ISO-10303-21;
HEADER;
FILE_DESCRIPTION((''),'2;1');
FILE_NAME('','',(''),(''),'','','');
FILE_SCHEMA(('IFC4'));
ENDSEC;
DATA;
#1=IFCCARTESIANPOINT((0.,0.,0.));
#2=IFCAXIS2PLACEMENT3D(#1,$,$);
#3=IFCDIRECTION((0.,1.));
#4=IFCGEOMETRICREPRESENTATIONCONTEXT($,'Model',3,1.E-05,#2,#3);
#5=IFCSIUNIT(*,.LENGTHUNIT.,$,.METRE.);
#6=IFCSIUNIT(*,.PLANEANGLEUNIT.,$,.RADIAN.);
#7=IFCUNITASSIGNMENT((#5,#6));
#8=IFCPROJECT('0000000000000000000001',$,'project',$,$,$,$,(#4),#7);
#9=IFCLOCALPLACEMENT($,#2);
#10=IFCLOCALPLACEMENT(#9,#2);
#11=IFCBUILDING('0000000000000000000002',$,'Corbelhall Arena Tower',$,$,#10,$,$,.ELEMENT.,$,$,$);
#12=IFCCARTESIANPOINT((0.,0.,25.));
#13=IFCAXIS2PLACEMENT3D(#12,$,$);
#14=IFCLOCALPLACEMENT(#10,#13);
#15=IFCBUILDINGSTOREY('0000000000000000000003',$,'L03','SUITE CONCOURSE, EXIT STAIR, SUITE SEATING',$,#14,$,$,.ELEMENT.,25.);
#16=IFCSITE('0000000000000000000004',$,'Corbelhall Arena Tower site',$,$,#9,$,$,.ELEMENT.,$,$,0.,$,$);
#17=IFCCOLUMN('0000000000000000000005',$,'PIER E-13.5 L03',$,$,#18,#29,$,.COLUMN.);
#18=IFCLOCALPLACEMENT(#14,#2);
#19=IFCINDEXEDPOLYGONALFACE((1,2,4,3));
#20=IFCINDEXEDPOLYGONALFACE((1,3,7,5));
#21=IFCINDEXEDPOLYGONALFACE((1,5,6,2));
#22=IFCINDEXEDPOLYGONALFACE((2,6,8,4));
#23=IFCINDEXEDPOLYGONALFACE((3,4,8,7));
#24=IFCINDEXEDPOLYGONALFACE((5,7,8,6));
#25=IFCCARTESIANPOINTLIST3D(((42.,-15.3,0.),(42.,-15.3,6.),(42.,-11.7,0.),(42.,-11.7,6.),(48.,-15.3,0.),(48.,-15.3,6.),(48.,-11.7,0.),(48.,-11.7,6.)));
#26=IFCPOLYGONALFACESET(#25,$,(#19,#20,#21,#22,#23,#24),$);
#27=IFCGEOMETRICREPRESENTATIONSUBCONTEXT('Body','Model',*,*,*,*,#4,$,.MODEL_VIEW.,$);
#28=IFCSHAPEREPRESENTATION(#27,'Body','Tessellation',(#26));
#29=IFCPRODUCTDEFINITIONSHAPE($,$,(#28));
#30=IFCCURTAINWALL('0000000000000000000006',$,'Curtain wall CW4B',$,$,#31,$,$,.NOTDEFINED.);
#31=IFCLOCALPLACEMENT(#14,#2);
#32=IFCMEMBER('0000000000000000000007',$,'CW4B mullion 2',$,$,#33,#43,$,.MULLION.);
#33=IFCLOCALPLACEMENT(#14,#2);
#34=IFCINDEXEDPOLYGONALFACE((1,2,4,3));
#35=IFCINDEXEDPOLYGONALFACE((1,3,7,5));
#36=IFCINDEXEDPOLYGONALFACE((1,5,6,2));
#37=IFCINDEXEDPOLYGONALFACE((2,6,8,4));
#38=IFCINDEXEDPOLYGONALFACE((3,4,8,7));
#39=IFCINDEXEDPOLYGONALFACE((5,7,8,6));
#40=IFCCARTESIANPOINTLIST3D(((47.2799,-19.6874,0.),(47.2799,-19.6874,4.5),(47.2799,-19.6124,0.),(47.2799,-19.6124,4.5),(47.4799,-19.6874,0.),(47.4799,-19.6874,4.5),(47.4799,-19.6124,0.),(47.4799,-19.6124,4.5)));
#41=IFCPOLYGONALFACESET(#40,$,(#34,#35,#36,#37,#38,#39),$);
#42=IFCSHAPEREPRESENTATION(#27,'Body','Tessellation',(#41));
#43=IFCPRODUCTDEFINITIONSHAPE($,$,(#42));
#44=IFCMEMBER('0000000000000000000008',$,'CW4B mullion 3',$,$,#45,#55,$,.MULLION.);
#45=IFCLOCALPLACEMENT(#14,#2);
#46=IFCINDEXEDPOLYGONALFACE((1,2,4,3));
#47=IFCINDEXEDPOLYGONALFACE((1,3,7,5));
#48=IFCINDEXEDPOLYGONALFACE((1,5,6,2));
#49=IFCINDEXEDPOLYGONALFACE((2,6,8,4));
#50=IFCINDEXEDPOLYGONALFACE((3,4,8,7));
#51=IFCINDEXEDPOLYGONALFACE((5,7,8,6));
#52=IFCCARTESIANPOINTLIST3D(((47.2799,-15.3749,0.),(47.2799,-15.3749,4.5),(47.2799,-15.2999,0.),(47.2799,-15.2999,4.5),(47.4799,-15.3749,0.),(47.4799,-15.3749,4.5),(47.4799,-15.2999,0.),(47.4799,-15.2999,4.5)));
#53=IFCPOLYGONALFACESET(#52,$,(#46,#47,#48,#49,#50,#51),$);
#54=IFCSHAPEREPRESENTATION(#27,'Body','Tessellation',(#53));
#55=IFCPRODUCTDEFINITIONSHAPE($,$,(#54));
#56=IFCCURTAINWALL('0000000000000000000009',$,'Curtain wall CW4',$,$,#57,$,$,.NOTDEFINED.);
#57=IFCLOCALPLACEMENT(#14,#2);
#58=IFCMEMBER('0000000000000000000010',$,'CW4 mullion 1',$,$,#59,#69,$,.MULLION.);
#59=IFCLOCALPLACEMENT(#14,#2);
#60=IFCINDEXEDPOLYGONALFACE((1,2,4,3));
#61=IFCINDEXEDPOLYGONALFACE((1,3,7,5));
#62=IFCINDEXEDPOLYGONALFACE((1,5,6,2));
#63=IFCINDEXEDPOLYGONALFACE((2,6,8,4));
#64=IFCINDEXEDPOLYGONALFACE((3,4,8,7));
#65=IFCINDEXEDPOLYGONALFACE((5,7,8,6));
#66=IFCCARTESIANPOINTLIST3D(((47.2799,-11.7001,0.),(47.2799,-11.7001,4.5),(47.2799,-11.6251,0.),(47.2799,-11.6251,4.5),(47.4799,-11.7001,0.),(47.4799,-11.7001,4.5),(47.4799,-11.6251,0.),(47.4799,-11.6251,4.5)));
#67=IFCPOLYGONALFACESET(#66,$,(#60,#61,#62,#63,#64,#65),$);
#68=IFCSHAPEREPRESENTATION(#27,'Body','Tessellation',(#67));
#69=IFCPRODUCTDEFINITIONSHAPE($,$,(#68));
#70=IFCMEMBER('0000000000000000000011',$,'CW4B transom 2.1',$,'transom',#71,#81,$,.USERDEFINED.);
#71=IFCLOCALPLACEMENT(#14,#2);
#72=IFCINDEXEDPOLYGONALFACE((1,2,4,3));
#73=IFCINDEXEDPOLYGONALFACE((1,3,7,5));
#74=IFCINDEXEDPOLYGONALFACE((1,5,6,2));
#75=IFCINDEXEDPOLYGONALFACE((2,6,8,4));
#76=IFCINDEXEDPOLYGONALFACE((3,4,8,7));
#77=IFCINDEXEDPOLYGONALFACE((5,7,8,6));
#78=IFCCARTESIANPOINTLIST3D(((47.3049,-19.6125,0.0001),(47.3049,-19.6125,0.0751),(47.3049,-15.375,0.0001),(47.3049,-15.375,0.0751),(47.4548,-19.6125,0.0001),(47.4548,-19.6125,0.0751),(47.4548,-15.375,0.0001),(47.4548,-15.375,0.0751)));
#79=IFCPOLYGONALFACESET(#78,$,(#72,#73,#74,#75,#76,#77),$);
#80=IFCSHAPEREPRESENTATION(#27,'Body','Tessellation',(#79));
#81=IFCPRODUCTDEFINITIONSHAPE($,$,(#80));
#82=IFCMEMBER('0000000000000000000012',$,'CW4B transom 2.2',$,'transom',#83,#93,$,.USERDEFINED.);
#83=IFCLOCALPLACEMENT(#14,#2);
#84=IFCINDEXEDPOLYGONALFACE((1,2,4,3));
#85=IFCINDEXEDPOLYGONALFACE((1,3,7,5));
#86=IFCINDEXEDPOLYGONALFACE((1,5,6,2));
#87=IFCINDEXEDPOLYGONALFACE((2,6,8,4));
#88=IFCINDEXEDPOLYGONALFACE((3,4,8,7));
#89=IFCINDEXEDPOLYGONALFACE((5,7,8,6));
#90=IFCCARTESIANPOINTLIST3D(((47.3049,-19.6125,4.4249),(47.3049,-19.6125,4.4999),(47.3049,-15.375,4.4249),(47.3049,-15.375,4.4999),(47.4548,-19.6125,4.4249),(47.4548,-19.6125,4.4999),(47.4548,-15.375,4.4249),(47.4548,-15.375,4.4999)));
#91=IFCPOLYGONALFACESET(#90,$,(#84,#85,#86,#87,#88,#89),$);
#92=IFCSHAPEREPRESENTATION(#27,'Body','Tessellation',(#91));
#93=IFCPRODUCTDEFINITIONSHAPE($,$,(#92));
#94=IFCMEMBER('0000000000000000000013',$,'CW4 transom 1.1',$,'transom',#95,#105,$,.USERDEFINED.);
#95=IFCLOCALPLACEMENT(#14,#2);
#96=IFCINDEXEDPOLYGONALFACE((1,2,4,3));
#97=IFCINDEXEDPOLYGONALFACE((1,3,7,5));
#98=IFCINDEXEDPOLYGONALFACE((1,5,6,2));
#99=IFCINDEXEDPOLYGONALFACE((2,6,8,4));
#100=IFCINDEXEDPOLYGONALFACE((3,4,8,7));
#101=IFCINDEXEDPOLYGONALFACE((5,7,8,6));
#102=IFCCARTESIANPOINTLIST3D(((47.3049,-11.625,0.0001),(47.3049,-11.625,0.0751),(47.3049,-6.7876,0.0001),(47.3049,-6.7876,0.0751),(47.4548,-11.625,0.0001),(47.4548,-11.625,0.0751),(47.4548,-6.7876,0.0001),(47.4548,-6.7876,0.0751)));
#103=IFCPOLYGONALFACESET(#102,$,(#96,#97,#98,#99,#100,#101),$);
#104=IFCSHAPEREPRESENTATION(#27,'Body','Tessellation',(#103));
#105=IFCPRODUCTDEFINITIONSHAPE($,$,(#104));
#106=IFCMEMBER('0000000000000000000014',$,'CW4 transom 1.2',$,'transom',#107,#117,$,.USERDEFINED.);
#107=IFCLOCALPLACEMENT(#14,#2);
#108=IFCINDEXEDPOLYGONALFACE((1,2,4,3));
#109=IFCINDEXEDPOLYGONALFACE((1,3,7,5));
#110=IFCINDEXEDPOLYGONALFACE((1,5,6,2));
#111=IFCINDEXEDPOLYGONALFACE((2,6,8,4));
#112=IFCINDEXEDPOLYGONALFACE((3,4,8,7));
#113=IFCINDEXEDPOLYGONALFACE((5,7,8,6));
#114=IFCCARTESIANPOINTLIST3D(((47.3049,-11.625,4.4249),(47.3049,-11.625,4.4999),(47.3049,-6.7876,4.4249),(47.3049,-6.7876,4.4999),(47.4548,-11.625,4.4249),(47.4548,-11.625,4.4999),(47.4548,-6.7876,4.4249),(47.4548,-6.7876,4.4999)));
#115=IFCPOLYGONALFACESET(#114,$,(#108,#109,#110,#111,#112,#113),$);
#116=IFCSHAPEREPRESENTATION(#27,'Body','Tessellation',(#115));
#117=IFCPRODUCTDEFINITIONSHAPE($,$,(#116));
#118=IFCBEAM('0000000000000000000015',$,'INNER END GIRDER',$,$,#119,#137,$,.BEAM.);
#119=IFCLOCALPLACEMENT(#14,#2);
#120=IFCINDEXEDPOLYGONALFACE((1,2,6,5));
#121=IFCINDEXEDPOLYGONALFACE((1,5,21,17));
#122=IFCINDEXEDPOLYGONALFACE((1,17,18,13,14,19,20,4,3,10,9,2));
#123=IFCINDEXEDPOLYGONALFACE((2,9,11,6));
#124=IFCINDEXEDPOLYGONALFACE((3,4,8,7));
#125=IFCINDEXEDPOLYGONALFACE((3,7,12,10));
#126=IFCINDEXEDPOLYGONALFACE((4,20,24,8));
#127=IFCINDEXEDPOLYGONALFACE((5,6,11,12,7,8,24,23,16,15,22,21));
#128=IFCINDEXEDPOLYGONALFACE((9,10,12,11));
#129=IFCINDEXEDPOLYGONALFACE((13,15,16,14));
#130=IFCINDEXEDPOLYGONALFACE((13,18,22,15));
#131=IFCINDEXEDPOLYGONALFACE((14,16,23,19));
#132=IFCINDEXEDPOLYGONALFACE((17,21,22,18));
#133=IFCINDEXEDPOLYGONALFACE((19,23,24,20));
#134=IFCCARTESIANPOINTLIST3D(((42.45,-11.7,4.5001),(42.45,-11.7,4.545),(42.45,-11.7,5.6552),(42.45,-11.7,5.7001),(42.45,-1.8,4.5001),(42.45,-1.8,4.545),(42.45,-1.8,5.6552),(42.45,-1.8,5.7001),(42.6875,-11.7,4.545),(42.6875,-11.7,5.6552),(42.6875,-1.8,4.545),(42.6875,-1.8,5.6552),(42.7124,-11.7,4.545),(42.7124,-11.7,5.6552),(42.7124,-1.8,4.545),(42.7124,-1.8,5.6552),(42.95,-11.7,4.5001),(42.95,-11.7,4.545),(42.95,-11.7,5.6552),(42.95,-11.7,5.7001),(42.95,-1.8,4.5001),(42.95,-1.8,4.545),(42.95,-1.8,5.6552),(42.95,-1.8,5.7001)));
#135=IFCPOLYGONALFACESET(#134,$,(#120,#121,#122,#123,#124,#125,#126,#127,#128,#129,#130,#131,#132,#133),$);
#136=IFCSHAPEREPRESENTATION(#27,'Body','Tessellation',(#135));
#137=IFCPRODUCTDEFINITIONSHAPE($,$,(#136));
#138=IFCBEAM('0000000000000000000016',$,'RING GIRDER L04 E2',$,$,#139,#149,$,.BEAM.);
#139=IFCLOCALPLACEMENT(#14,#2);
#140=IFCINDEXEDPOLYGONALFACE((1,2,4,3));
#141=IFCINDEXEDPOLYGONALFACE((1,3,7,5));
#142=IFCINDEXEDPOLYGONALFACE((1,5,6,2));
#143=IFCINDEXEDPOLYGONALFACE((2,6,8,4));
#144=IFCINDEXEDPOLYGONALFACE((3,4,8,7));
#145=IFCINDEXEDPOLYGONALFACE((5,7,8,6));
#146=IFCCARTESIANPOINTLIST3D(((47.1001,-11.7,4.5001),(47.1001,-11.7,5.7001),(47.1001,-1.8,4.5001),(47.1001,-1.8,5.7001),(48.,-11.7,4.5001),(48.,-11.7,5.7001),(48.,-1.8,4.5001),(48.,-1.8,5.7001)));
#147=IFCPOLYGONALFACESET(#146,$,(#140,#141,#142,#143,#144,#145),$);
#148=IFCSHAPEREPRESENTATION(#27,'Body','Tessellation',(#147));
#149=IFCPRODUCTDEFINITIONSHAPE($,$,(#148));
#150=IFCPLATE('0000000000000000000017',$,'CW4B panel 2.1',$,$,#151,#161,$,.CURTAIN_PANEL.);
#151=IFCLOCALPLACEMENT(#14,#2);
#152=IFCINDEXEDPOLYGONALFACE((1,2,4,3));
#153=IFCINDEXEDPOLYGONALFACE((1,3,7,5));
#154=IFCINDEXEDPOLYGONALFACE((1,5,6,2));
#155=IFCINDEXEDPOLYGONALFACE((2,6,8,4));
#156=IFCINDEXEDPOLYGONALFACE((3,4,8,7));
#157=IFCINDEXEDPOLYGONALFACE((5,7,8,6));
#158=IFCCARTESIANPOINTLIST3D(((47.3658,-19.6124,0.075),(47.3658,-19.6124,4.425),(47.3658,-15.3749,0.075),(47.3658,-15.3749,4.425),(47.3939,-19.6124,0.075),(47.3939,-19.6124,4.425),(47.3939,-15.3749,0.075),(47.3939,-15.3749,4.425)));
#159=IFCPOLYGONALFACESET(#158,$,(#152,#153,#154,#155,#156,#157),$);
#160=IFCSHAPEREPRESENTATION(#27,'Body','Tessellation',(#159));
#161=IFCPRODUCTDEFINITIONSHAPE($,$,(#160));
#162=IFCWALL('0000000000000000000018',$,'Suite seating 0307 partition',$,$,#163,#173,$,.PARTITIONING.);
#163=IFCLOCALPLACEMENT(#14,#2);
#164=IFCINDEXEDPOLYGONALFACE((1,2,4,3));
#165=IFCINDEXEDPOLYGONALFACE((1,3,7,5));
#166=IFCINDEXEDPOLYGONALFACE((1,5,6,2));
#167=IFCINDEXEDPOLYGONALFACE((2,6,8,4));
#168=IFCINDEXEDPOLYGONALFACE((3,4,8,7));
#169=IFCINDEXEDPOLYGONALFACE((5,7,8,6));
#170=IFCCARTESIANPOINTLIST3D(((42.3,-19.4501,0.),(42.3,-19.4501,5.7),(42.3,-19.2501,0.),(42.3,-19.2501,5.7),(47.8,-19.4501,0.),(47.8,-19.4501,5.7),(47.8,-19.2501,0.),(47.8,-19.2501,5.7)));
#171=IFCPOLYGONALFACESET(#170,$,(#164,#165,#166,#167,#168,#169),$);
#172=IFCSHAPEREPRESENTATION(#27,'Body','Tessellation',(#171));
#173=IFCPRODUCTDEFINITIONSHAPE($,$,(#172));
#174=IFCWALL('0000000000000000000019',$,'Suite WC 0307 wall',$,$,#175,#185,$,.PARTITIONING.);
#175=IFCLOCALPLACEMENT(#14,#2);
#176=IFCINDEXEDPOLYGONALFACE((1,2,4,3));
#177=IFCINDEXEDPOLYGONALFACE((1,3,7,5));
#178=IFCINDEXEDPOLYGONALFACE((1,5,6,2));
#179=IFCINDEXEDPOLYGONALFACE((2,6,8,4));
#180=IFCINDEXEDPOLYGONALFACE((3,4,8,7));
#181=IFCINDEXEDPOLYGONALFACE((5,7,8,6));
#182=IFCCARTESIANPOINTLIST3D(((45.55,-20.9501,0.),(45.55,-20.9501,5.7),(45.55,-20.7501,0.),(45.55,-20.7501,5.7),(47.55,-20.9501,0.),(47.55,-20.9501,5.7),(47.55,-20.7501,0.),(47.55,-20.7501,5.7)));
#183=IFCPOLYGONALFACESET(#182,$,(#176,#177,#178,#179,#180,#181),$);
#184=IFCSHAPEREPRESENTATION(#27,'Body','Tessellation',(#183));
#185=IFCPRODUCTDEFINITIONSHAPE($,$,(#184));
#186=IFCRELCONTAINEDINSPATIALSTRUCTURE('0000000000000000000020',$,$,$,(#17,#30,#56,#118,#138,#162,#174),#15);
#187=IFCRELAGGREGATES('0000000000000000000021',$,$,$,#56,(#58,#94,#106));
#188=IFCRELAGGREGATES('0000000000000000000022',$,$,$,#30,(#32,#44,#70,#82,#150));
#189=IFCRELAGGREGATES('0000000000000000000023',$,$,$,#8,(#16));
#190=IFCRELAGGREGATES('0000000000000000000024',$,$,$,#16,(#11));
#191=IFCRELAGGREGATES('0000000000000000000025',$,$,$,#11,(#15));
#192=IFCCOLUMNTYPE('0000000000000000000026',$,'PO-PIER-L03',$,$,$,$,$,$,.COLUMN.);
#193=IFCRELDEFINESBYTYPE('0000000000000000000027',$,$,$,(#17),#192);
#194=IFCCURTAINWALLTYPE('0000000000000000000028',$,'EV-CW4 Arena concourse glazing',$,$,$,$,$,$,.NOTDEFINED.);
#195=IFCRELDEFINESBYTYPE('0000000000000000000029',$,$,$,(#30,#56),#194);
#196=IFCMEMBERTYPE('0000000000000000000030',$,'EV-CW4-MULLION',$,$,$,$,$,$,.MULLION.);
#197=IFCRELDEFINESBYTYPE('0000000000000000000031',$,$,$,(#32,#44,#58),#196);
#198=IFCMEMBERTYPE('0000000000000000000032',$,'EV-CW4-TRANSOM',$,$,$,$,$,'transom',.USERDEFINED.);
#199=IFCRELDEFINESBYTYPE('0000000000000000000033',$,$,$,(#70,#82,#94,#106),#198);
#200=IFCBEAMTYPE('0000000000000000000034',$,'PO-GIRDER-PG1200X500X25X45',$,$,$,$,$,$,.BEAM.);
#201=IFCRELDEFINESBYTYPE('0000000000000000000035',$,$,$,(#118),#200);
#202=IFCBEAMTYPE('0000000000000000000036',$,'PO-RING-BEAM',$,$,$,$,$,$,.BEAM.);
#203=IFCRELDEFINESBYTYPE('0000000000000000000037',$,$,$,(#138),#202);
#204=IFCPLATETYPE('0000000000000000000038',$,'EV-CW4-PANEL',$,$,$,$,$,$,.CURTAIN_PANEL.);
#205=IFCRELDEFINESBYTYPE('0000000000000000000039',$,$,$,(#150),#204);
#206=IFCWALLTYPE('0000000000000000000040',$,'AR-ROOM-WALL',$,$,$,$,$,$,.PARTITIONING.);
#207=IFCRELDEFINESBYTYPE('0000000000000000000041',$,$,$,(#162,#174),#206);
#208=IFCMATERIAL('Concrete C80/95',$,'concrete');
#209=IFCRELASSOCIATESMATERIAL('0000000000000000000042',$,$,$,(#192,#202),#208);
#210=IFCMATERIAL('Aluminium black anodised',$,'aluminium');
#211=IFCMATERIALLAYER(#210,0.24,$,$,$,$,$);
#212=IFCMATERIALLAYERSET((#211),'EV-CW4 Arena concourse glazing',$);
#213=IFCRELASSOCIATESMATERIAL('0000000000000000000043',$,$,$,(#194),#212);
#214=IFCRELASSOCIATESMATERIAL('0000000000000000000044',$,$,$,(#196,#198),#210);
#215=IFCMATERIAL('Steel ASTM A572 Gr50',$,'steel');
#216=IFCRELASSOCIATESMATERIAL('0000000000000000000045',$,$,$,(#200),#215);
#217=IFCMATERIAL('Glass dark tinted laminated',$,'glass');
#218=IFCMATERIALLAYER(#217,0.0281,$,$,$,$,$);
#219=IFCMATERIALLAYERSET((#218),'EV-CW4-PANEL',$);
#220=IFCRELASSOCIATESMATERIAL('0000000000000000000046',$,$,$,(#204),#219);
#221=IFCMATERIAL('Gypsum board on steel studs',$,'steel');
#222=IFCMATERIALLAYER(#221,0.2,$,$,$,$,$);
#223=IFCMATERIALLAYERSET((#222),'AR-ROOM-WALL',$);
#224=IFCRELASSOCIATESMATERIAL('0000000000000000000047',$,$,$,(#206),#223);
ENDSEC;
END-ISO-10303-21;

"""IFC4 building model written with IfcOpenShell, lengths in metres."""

from ifc_helpers import new_model, si_unit, direction, frame, frame_2d, origin, origin_2d, place, context, subcontext, project, spatial, rectangle, i_section, extrude, material, layer, layer_set, material_profile, profile_set, type_object, element, aggregate, save


model = new_model("IFC4")

# Units and contexts
model_context = context("Model", 3, precision=1e-05, world=origin(), true_north=direction((0.0, 1.0)))
body_context = subcontext(model_context, "Body", "Model", "MODEL_VIEW")
ifc_project = project(units=[si_unit("LENGTHUNIT", "METRE"), si_unit("PLANEANGLEUNIT", "RADIAN")], contexts=[model_context])

# Site, building, storey
site_placement = place(None, origin())
site = spatial("IfcSite", under=ifc_project, at=site_placement, Name="Corbelhall Arena Tower site", CompositionType="ELEMENT", RefElevation=0.0)
building_placement = place(site_placement, origin())
building = spatial("IfcBuilding", under=site, at=building_placement, Name="Corbelhall Arena Tower", CompositionType="ELEMENT")
storey_placement = place(building_placement, frame((0.0, 0.0, 25.0)))
storey = spatial("IfcBuildingStorey", under=building, at=storey_placement, Name="L03", Description="SUITE CONCOURSE, EXIT STAIR, SUITE SEATING", CompositionType="ELEMENT", Elevation=25.0)

# Column
ifc_material_1 = material(Name="Concrete C80/95", Category="concrete")
ifc_material_profile_1 = material_profile(ifc_material_1, rectangle(XDim=3.6001, YDim=6.0, at=origin_2d()))
ifc_profile_set_1 = profile_set([ifc_material_profile_1], Name="Concrete C80/95")
column_type = type_object("IfcColumnType", Name="PO-PIER-L03", PredefinedType="COLUMN", material=ifc_profile_set_1)
column_placement = place(storey_placement, frame((45.0, -13.5, 0.0), z_axis=(0.0, 0.0, 1.0), x_axis=(0.0, 1.0, 0.0)))
element("IfcColumn", 1, at=column_placement, inside=storey, type_object=column_type, Name="PIER E-13.5 L03", PredefinedType="COLUMN", context=body_context, shape_type="SweptSolid", body=[
    extrude(rectangle(XDim=3.6001, YDim=6.0, at=origin_2d()), origin(), (0.0, 0.0, 1.0), 6.0),
])

# Curtain wall, members
ifc_material_2 = material(Name="Aluminium black anodised", Category="aluminium")
ifc_layer_1 = layer(ifc_material_2, 0.24)
ifc_layer_set_1 = layer_set([ifc_layer_1], Name="EV-CW4 Arena concourse glazing")
curtain_wall_type = type_object("IfcCurtainWallType", Name="EV-CW4 Arena concourse glazing", PredefinedType="NOTDEFINED", material=ifc_layer_set_1)
curtain_wall_1_placement = place(storey_placement, origin())
curtain_wall_1 = element("IfcCurtainWall", 2, at=curtain_wall_1_placement, inside=storey, type_object=curtain_wall_type, Name="Curtain wall CW4B", PredefinedType="NOTDEFINED")
ifc_material_profile_2 = material_profile(ifc_material_2, rectangle(XDim=0.2, YDim=0.075, at=origin_2d()))
ifc_profile_set_2 = profile_set([ifc_material_profile_2], Name="Aluminium black anodised")
member_type_1 = type_object("IfcMemberType", Name="EV-CW4-MULLION", PredefinedType="MULLION", material=ifc_profile_set_2)
member_1_placement = place(storey_placement, frame((47.3799, -19.6499, 0.0), z_axis=(0.0, 0.0, 1.0), x_axis=(-1.0, 0.0, 0.0)))
member_1 = element("IfcMember", 3, at=member_1_placement, type_object=member_type_1, Name="CW4B mullion 2", PredefinedType="MULLION", context=body_context, shape_type="SweptSolid", body=[
    extrude(rectangle(XDim=0.2, YDim=0.075, at=origin_2d()), origin(), (0.0, 0.0, 1.0), 4.5),
])
member_2_placement = place(storey_placement, frame((47.3799, -15.3374, 0.0), z_axis=(0.0, 0.0, 1.0), x_axis=(-1.0, 0.0, 0.0)))
member_2 = element("IfcMember", 4, at=member_2_placement, type_object=member_type_1, Name="CW4B mullion 3", PredefinedType="MULLION", context=body_context, shape_type="SweptSolid", body=[
    extrude(rectangle(XDim=0.2, YDim=0.075, at=origin_2d()), origin(), (0.0, 0.0, 1.0), 4.5),
])

# Curtain wall, member
curtain_wall_2_placement = place(storey_placement, origin())
curtain_wall_2 = element("IfcCurtainWall", 5, at=curtain_wall_2_placement, inside=storey, type_object=curtain_wall_type, Name="Curtain wall CW4", PredefinedType="NOTDEFINED")
member_3_placement = place(storey_placement, frame((47.3799, -11.6626, 0.0), z_axis=(0.0, 0.0, 1.0), x_axis=(-1.0, 0.0, 0.0)))
member_3 = element("IfcMember", 6, at=member_3_placement, type_object=member_type_1, Name="CW4 mullion 1", PredefinedType="MULLION", context=body_context, shape_type="SweptSolid", body=[
    extrude(rectangle(XDim=0.2, YDim=0.075, at=origin_2d()), origin(), (0.0, 0.0, 1.0), 4.5),
])

# Members
ifc_material_profile_3 = material_profile(ifc_material_2, rectangle(XDim=0.1499, YDim=0.075, at=origin_2d()))
ifc_profile_set_3 = profile_set([ifc_material_profile_3], Name="Aluminium black anodised")
member_type_2 = type_object("IfcMemberType", Name="EV-CW4-TRANSOM", ElementType="transom", PredefinedType="USERDEFINED", material=ifc_profile_set_3)
member_4_placement = place(storey_placement, frame((47.3799, -19.6125, 0.0376), z_axis=(0.0, 1.0, 0.0), x_axis=(-1.0, 0.0, 0.0)))
member_4 = element("IfcMember", 7, at=member_4_placement, type_object=member_type_2, Name="CW4B transom 2.1", ObjectType="transom", PredefinedType="USERDEFINED", context=body_context, shape_type="SweptSolid", body=[
    extrude(rectangle(XDim=0.1499, YDim=0.075, at=origin_2d()), origin(), (0.0, 0.0, 1.0), 4.2375),
])
member_5_placement = place(storey_placement, frame((47.3799, -19.6125, 4.4624), z_axis=(0.0, 1.0, 0.0), x_axis=(-1.0, 0.0, 0.0)))
member_5 = element("IfcMember", 8, at=member_5_placement, type_object=member_type_2, Name="CW4B transom 2.2", ObjectType="transom", PredefinedType="USERDEFINED", context=body_context, shape_type="SweptSolid", body=[
    extrude(rectangle(XDim=0.1499, YDim=0.075, at=origin_2d()), origin(), (0.0, 0.0, 1.0), 4.2375),
])
member_6_placement = place(storey_placement, frame((47.3799, -11.625, 0.0376), z_axis=(0.0, 1.0, 0.0), x_axis=(-1.0, 0.0, 0.0)))
member_6 = element("IfcMember", 9, at=member_6_placement, type_object=member_type_2, Name="CW4 transom 1.1", ObjectType="transom", PredefinedType="USERDEFINED", context=body_context, shape_type="SweptSolid", body=[
    extrude(rectangle(XDim=0.1499, YDim=0.075, at=origin_2d()), origin(), (0.0, 0.0, 1.0), 4.8374),
])
member_7_placement = place(storey_placement, frame((47.3799, -11.625, 4.4624), z_axis=(0.0, 1.0, 0.0), x_axis=(-1.0, 0.0, 0.0)))
member_7 = element("IfcMember", 10, at=member_7_placement, type_object=member_type_2, Name="CW4 transom 1.2", ObjectType="transom", PredefinedType="USERDEFINED", context=body_context, shape_type="SweptSolid", body=[
    extrude(rectangle(XDim=0.1499, YDim=0.075, at=origin_2d()), origin(), (0.0, 0.0, 1.0), 4.8374),
])
aggregate(curtain_wall_2, [member_3, member_6, member_7])

# Beams
ifc_material_3 = material(Name="Steel ASTM A572 Gr50", Category="steel")
ifc_material_profile_4 = material_profile(ifc_material_3, i_section(OverallWidth=0.5, OverallDepth=1.2, WebThickness=0.0249, FlangeThickness=0.0449, at=origin_2d()))
ifc_profile_set_4 = profile_set([ifc_material_profile_4], Name="Steel ASTM A572 Gr50")
beam_type_1 = type_object("IfcBeamType", Name="PO-GIRDER-PG1200X500X25X45", PredefinedType="BEAM", material=ifc_profile_set_4)
beam_1_placement = place(storey_placement, frame((42.7, -11.7, 5.1001), z_axis=(0.0, 1.0, 0.0), x_axis=(-1.0, 0.0, 0.0)))
element("IfcBeam", 11, at=beam_1_placement, inside=storey, type_object=beam_type_1, Name="INNER END GIRDER", PredefinedType="BEAM", context=body_context, shape_type="SweptSolid", body=[
    extrude(i_section(OverallWidth=0.5, OverallDepth=1.2, WebThickness=0.0249, FlangeThickness=0.0449, at=origin_2d()), origin(), (0.0, 0.0, 1.0), 9.8999),
])
ifc_material_profile_5 = material_profile(ifc_material_1, rectangle(XDim=0.8999, YDim=1.2, at=origin_2d()))
ifc_profile_set_5 = profile_set([ifc_material_profile_5], Name="Concrete C80/95")
beam_type_2 = type_object("IfcBeamType", Name="PO-RING-BEAM", PredefinedType="BEAM", material=ifc_profile_set_5)
beam_2_placement = place(storey_placement, frame((47.55, -11.7, 5.1001), z_axis=(0.0, 1.0, 0.0), x_axis=(-1.0, 0.0, 0.0)))
element("IfcBeam", 12, at=beam_2_placement, inside=storey, type_object=beam_type_2, Name="RING GIRDER L04 E2", PredefinedType="BEAM", context=body_context, shape_type="SweptSolid", body=[
    extrude(rectangle(XDim=0.8999, YDim=1.2, at=origin_2d()), origin(), (0.0, 0.0, 1.0), 9.8999),
])

# Plate
ifc_material_4 = material(Name="Glass dark tinted laminated", Category="glass")
ifc_layer_2 = layer(ifc_material_4, 0.0281)
ifc_layer_set_2 = layer_set([ifc_layer_2], Name="EV-CW4-PANEL")
plate_type = type_object("IfcPlateType", Name="EV-CW4-PANEL", PredefinedType="CURTAIN_PANEL", material=ifc_layer_set_2)
plate_placement = place(storey_placement, frame((47.3799, -17.4937, 0.075), z_axis=(0.0, 0.0, 1.0), x_axis=(0.0, 1.0, 0.0)))
plate = element("IfcPlate", 13, at=plate_placement, type_object=plate_type, Name="CW4B panel 2.1", PredefinedType="CURTAIN_PANEL", context=body_context, shape_type="SweptSolid", body=[
    extrude(rectangle(XDim=4.2375, YDim=0.0281, at=origin_2d()), origin(), (0.0, 0.0, 1.0), 4.3501),
])
aggregate(curtain_wall_1, [member_1, member_2, member_4, member_5, plate])

# Shared definitions
ifc_material_5 = material(Name="Gypsum board on steel studs", Category="steel")
ifc_layer_3 = layer(ifc_material_5, 0.2)
ifc_layer_set_3 = layer_set([ifc_layer_3], Name="AR-ROOM-WALL")
wall_type_1 = type_object("IfcWallType", Name="AR-ROOM-WALL", PredefinedType="PARTITIONING", material=ifc_layer_set_3)

# Walls
wall_1_placement = place(storey_placement, frame((42.3, -19.3501, 0.0), z_axis=(0.0, 0.0, 1.0), x_axis=(1.0, 0.0, 0.0)))
element("IfcWall", 14, at=wall_1_placement, inside=storey, type_object=wall_type_1, Name="Suite seating 0307 partition", PredefinedType="PARTITIONING", context=body_context, shape_type="SweptSolid", body=[
    extrude(rectangle(XDim=5.5, YDim=0.2, at=frame_2d((2.75, 0.0))), origin(), (0.0, 0.0, 1.0), 5.7),
])
wall_2_placement = place(storey_placement, frame((47.55, -20.8501, 0.0), z_axis=(0.0, 0.0, 1.0), x_axis=(-1.0, 0.0, 0.0)))
element("IfcWall", 15, at=wall_2_placement, inside=storey, type_object=wall_type_1, Name="Suite WC 0307 wall", PredefinedType="PARTITIONING", context=body_context, shape_type="SweptSolid", body=[
    extrude(rectangle(XDim=2.0, YDim=0.2, at=frame_2d((1.0, 0.0))), origin(), (0.0, 0.0, 1.0), 5.7),
])

save(model, "model.ifc")
